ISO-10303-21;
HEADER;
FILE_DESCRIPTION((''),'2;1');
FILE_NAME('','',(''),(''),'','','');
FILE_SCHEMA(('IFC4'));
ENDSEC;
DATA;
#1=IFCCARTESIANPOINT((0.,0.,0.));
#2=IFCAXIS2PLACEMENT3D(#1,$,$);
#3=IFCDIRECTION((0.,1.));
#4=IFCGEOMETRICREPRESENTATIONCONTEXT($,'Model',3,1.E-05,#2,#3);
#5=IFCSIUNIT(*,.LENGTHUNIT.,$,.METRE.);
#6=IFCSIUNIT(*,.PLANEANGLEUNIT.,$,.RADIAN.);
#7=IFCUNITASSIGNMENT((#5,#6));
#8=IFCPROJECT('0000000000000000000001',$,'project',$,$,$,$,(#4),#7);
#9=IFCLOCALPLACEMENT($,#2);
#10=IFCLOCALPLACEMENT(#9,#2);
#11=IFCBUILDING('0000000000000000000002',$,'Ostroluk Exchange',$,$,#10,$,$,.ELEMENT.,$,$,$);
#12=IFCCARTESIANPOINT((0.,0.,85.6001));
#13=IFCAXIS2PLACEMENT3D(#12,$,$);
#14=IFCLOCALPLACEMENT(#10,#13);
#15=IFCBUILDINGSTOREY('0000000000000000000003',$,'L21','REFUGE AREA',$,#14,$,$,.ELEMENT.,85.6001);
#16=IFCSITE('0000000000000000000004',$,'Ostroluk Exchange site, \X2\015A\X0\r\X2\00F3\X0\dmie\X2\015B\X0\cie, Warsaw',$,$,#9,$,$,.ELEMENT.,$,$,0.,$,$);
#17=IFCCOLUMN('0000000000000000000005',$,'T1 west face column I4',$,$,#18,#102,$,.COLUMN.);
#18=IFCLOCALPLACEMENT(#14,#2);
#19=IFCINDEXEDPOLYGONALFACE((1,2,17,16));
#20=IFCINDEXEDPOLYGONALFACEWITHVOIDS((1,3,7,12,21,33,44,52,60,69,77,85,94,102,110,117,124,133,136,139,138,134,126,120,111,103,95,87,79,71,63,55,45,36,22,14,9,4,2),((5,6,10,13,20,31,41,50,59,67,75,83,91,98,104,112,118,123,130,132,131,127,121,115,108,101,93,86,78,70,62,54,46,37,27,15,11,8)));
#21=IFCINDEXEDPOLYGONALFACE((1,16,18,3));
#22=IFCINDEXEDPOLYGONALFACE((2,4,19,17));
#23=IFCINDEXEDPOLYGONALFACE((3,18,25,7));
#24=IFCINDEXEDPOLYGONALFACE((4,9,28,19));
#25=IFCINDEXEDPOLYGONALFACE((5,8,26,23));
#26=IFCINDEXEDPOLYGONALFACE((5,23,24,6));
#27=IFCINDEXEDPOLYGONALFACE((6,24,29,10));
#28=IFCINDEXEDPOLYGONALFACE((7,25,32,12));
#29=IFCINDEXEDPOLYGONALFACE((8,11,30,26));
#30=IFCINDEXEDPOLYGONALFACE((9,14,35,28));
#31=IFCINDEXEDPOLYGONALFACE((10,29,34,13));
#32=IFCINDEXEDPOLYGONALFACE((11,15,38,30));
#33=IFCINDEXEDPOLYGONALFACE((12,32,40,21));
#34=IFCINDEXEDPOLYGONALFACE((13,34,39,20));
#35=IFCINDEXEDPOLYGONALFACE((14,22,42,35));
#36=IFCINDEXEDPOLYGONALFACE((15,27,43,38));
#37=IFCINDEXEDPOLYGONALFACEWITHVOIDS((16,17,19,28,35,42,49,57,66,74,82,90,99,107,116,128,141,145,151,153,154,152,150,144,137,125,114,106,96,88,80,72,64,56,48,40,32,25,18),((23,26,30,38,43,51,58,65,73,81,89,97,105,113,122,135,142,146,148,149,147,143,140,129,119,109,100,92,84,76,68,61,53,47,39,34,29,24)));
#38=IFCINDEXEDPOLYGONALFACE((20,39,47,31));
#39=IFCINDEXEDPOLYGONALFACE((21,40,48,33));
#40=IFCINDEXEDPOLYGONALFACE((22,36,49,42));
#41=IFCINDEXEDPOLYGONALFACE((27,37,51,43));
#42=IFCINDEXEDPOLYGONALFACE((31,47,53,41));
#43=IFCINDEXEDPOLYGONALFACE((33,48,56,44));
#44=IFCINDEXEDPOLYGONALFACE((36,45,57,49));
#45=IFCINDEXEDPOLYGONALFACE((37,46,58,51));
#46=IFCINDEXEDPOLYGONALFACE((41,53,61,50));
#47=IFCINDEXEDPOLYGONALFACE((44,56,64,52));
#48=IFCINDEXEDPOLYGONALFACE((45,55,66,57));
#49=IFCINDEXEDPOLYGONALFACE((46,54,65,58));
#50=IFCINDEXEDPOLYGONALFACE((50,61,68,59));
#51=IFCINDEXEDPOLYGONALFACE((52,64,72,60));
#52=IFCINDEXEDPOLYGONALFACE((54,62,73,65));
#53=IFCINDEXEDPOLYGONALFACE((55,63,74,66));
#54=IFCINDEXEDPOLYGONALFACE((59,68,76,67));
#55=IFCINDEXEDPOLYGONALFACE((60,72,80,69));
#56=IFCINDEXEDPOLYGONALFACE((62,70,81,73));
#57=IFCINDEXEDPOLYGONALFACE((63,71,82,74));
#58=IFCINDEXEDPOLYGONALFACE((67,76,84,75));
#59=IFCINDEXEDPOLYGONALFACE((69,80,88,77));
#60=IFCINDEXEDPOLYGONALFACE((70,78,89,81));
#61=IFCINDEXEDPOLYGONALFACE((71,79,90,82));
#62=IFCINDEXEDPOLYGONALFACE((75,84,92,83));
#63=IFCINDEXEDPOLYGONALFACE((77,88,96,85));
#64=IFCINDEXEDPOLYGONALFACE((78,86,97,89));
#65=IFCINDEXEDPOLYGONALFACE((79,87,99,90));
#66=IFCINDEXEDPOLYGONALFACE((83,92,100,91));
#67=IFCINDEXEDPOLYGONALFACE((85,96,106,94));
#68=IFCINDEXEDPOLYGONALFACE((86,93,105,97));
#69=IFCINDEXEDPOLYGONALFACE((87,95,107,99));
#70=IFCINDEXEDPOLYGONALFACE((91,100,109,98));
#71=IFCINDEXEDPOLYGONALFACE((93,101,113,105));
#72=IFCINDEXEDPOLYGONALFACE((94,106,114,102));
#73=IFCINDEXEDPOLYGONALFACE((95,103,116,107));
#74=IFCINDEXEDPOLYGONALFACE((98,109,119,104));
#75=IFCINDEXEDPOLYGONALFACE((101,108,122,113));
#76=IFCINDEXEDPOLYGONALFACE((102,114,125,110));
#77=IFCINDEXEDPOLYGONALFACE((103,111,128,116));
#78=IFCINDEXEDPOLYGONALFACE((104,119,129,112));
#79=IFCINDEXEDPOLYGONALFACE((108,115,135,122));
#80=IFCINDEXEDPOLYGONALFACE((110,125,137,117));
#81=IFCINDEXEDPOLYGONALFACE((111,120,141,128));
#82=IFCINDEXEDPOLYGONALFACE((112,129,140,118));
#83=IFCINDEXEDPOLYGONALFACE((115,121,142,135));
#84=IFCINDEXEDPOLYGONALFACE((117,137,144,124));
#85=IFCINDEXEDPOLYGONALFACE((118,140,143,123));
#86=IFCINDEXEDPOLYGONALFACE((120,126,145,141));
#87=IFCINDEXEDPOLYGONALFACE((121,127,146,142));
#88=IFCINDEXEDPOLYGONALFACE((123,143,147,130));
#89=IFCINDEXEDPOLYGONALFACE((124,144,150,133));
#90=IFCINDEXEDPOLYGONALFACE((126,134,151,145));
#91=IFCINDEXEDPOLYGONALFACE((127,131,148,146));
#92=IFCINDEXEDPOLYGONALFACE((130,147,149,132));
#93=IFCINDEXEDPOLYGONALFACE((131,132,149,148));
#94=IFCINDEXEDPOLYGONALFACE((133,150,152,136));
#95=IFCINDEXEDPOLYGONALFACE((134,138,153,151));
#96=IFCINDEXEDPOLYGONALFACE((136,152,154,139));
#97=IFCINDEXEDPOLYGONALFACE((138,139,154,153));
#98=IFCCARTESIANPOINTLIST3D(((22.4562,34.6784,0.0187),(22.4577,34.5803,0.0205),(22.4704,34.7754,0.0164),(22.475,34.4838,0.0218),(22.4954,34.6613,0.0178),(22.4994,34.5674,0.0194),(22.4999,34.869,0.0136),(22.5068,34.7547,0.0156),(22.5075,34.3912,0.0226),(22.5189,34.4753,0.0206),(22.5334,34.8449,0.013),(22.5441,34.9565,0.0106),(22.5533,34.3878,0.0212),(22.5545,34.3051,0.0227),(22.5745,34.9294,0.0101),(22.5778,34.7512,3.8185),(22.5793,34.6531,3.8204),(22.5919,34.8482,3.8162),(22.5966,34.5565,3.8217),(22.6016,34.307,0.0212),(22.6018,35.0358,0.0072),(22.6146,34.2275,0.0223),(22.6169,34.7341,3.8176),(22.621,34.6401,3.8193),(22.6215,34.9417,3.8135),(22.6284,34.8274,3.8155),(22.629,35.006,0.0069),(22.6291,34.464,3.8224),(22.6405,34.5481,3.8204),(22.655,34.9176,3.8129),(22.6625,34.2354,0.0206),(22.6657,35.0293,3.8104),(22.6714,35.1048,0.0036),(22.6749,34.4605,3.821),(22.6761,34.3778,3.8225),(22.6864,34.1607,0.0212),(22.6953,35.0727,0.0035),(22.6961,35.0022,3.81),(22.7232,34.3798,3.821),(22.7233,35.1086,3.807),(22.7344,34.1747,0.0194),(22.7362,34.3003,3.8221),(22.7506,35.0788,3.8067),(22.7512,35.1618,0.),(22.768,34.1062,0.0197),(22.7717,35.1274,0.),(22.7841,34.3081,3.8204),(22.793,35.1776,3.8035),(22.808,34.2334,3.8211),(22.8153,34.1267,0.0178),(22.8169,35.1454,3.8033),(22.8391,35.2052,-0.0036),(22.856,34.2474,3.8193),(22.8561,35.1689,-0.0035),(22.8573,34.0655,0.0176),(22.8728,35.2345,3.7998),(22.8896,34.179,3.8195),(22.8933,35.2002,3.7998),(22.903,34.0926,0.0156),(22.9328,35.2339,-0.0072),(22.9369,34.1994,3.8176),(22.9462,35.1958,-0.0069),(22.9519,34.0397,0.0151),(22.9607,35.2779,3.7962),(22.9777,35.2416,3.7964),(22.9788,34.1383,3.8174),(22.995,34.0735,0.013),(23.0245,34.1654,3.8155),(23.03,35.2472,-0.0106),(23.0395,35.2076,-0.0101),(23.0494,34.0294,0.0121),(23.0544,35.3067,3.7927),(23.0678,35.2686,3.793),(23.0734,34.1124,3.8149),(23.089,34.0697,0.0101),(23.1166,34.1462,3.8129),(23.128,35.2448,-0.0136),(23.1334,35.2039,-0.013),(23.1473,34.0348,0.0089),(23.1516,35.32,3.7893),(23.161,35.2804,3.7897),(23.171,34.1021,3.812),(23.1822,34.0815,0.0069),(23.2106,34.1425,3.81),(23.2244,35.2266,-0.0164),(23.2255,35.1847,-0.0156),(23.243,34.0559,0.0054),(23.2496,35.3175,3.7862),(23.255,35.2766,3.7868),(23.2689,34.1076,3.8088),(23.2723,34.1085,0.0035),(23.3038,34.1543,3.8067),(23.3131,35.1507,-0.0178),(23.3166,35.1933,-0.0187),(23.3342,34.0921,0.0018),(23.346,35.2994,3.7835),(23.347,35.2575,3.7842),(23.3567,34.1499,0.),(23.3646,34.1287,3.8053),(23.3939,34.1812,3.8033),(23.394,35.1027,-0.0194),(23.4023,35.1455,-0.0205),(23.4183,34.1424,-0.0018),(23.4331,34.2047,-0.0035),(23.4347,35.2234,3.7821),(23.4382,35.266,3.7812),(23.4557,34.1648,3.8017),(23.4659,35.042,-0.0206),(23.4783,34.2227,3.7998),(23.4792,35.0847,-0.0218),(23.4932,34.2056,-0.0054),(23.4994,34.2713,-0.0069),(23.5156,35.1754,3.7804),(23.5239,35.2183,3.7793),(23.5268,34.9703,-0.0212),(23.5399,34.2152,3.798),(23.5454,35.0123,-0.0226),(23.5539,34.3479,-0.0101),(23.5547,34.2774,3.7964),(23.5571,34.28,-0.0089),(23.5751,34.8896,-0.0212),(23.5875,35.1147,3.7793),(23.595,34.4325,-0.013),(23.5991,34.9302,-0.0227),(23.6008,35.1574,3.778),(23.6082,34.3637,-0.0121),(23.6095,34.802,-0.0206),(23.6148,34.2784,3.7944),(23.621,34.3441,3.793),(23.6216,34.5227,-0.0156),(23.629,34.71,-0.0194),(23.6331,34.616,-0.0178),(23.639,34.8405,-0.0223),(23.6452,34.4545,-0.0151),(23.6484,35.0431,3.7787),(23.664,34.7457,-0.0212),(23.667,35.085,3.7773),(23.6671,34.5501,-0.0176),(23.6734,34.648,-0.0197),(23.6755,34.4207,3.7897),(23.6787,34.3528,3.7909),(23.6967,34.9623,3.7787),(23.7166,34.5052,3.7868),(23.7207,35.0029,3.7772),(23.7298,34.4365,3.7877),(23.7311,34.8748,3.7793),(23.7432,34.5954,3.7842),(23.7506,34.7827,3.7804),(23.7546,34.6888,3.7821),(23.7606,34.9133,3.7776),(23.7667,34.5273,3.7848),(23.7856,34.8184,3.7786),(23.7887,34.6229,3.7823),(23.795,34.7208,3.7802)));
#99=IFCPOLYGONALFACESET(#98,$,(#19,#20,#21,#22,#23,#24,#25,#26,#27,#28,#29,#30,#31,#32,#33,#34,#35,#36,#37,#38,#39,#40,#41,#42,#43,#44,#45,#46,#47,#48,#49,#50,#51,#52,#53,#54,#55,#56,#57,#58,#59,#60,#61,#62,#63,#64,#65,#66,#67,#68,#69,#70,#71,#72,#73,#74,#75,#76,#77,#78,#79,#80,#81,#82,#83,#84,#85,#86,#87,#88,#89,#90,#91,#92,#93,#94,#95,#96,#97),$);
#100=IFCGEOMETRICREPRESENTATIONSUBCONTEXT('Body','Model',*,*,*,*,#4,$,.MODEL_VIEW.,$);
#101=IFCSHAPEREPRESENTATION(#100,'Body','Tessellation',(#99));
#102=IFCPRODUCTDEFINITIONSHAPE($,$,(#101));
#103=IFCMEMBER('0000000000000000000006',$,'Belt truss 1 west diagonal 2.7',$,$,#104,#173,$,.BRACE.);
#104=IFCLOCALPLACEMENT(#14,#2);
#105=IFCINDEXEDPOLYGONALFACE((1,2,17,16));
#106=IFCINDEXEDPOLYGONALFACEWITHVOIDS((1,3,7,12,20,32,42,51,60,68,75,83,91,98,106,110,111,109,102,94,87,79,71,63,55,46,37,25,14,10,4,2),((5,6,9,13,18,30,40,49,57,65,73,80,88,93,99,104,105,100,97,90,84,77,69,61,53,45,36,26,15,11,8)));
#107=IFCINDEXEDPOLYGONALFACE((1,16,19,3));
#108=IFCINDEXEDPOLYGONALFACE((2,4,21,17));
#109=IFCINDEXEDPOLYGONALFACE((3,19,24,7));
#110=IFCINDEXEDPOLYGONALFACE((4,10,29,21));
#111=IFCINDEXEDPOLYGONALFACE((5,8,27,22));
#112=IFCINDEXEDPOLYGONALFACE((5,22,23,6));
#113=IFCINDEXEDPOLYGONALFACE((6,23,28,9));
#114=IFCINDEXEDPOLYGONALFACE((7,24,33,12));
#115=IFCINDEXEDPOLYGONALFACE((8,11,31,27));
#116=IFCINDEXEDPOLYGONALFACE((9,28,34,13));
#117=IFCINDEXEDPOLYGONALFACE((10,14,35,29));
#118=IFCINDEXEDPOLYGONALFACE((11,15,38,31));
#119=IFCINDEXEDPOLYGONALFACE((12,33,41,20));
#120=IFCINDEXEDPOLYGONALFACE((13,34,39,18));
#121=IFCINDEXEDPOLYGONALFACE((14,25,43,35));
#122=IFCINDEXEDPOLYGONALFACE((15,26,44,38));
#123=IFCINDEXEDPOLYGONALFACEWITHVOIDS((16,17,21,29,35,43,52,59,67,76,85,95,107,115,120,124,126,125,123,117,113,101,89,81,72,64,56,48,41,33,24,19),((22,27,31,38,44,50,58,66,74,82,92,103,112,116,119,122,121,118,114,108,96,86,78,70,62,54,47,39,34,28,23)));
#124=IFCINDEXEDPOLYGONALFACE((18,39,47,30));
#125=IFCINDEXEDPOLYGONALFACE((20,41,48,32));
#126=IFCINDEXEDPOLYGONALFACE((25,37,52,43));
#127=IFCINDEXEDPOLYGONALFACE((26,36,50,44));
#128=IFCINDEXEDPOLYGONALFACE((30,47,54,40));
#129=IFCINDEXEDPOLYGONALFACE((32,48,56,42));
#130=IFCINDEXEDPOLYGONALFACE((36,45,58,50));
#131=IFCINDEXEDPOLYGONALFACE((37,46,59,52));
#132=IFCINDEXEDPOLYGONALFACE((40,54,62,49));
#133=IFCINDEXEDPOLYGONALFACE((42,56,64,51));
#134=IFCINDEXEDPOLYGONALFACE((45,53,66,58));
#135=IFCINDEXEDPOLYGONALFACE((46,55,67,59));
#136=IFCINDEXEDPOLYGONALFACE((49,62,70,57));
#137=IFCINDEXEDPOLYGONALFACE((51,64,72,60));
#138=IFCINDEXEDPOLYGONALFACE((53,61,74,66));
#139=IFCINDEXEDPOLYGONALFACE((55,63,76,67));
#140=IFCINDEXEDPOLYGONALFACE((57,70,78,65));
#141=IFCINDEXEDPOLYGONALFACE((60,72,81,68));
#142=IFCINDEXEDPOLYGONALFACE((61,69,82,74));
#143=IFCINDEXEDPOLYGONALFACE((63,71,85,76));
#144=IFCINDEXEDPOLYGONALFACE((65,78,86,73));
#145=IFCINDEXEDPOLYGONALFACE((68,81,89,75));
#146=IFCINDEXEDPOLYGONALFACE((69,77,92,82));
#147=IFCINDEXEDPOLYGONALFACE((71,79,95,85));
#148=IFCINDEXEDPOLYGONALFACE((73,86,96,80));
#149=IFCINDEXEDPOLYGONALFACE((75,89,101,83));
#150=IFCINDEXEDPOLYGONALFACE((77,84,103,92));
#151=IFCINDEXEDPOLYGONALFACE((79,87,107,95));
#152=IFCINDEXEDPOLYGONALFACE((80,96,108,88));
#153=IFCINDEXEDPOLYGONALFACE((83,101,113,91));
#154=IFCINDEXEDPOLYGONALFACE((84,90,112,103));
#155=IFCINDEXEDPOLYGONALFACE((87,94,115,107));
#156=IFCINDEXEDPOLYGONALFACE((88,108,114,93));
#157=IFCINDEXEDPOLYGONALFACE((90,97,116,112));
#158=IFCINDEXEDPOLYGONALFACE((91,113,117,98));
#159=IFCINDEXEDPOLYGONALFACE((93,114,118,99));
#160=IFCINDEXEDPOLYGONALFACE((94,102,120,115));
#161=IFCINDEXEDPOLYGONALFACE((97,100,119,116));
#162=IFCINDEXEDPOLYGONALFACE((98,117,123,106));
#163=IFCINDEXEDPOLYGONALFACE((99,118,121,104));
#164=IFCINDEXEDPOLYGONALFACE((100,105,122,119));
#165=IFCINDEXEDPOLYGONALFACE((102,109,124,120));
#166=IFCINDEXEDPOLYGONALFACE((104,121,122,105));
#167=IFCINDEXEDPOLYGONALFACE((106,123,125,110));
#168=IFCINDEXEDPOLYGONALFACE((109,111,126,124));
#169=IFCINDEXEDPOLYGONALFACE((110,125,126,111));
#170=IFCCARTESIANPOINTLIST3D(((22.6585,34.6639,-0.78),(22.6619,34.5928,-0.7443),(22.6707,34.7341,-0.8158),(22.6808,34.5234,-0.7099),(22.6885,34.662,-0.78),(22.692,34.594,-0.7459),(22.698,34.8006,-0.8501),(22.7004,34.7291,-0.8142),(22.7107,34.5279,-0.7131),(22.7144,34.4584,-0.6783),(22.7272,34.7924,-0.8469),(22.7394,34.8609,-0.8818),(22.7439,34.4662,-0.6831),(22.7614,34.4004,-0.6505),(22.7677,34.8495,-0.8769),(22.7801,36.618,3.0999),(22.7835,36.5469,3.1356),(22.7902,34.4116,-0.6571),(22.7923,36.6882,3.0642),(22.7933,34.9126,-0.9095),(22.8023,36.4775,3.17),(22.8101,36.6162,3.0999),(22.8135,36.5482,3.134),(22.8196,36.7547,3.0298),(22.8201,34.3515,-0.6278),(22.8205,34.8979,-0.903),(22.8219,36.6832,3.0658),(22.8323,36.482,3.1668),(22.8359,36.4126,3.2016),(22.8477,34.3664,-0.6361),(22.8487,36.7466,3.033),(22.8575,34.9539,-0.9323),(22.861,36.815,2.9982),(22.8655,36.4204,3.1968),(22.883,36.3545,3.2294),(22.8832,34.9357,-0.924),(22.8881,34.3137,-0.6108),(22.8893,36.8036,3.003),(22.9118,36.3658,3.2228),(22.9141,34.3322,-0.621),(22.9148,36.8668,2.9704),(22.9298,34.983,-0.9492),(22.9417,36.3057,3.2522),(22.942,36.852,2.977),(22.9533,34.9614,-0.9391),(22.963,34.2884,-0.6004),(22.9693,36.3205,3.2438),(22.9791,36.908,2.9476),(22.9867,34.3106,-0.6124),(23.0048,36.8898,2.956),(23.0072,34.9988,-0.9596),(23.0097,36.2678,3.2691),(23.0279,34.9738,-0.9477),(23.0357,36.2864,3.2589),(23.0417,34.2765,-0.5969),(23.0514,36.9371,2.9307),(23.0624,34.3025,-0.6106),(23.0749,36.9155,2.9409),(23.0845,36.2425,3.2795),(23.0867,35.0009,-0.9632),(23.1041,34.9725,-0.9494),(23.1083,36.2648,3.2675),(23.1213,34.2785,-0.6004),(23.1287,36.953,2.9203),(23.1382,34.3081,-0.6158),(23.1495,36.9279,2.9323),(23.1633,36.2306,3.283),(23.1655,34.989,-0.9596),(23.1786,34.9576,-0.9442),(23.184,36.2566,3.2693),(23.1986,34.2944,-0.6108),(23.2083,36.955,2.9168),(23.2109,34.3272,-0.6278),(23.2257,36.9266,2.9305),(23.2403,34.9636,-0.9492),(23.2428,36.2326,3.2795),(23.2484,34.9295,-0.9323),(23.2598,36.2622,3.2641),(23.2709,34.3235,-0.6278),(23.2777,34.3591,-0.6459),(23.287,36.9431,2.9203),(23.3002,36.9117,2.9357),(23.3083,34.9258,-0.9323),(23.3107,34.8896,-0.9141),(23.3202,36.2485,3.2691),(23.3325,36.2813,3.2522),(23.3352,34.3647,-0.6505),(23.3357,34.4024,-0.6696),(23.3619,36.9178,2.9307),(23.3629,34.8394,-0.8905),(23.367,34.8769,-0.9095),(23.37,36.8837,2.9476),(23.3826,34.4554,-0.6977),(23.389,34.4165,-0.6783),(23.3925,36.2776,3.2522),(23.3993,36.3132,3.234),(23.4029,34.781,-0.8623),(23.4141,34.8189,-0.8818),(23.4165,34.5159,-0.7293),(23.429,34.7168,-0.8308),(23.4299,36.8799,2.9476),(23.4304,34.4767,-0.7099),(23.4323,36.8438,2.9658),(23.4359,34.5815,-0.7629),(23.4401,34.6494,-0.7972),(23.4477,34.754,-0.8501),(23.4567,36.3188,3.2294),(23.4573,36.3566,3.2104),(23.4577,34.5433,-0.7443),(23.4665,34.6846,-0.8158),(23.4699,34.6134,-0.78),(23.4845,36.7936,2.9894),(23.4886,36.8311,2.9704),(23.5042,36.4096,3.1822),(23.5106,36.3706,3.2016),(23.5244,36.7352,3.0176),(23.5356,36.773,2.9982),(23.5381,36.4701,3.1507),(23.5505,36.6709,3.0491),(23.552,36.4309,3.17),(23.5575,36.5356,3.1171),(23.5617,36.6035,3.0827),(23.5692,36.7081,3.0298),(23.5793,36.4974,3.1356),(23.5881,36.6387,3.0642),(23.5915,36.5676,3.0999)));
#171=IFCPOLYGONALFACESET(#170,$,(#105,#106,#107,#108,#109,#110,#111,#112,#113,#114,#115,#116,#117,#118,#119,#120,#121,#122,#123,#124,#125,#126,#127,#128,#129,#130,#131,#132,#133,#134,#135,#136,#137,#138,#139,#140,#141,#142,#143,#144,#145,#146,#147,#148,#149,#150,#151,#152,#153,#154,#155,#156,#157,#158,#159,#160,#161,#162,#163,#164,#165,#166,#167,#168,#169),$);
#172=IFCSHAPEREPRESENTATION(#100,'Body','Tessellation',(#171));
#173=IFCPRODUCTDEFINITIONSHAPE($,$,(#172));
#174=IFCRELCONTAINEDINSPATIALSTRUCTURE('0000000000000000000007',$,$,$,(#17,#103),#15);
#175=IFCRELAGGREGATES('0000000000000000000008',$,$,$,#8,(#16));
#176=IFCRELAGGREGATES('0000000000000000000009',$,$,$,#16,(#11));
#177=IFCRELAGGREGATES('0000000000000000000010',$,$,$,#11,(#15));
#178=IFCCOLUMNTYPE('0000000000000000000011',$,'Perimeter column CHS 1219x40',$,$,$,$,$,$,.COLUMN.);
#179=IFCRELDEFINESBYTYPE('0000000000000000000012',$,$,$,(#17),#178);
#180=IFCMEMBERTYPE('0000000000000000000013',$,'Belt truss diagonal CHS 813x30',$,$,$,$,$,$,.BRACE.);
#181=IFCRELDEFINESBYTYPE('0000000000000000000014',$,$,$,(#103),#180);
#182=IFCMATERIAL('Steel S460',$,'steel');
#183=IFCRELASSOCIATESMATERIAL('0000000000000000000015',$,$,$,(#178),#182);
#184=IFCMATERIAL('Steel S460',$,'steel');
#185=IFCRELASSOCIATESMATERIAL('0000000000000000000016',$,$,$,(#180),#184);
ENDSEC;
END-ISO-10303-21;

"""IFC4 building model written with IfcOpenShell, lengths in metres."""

from ifc_helpers import new_model, si_unit, direction, frame, origin, origin_2d, place, context, subcontext, project, spatial, hollow_circle, extrude, material, material_profile, profile_set, type_object, element, save


model = new_model("IFC4")

# Units and contexts
model_context = context("Model", 3, precision=1e-05, world=origin(), true_north=direction((0.0, 1.0)))
body_context = subcontext(model_context, "Body", "Model", "MODEL_VIEW")
ifc_project = project(units=[si_unit("LENGTHUNIT", "METRE"), si_unit("PLANEANGLEUNIT", "RADIAN")], contexts=[model_context])

# Site, building, storey
site_placement = place(None, origin())
site = spatial("IfcSite", under=ifc_project, at=site_placement, Name="Ostroluk Exchange site, Śródmieście, Warsaw", CompositionType="ELEMENT", RefElevation=0.0)
building_placement = place(site_placement, origin())
building = spatial("IfcBuilding", under=site, at=building_placement, Name="Ostroluk Exchange", CompositionType="ELEMENT")
storey_placement = place(building_placement, frame((0.0, 0.0, 85.6001)))
storey = spatial("IfcBuildingStorey", under=building, at=storey_placement, Name="L21", Description="REFUGE AREA", CompositionType="ELEMENT", Elevation=85.6001)

# Column
ifc_material_1 = material(Name="Steel S460", Category="steel")
ifc_material_profile_1 = material_profile(ifc_material_1, hollow_circle(Radius=0.6096, WallThickness=0.04, at=origin_2d()), Name="CHS 1219x40")
ifc_profile_set_1 = profile_set([ifc_material_profile_1], Name="Steel S460")
column_type = type_object("IfcColumnType", Name="Perimeter column CHS 1219x40", PredefinedType="COLUMN", material=ifc_profile_set_1)
column_placement = place(storey_placement, frame((23.0642, 34.6387, 0.0), z_axis=(0.031975, 0.019133, 0.999306), x_axis=(-0.513482, 0.8581, 0.0)))
element("IfcColumn", 1, at=column_placement, inside=storey, type_object=column_type, Name="T1 west face column I4", PredefinedType="COLUMN", context=body_context, shape_type="SweptSolid", body=[
    extrude(hollow_circle(Radius=0.6096, WallThickness=0.04, at=origin_2d()), origin(), (0.0, 0.0, 1.0), 3.8025),
])

# Member
ifc_material_2 = material(Name="Steel S460", Category="steel")
ifc_material_profile_2 = material_profile(ifc_material_2, hollow_circle(Radius=0.4065, WallThickness=0.03, at=origin_2d()), Name="CHS 813x30")
ifc_profile_set_2 = profile_set([ifc_material_profile_2], Name="Steel S460")
member_type_1 = type_object("IfcMemberType", Name="Belt truss diagonal CHS 813x30", PredefinedType="BRACE", material=ifc_profile_set_2)
member_1_placement = place(storey_placement, frame((23.0642, 34.6387, -0.78), z_axis=(0.027976, 0.449643, 0.89277), x_axis=(-0.99807, 0.062099, 0.0)))
element("IfcMember", 2, at=member_1_placement, inside=storey, type_object=member_type_1, Name="Belt truss 1 west diagonal 2.7", PredefinedType="BRACE", context=body_context, shape_type="SweptSolid", body=[
    extrude(hollow_circle(Radius=0.4065, WallThickness=0.03, at=origin_2d()), origin(), (0.0, 0.0, 1.0), 4.3459),
])

save(model, "model.ifc")
